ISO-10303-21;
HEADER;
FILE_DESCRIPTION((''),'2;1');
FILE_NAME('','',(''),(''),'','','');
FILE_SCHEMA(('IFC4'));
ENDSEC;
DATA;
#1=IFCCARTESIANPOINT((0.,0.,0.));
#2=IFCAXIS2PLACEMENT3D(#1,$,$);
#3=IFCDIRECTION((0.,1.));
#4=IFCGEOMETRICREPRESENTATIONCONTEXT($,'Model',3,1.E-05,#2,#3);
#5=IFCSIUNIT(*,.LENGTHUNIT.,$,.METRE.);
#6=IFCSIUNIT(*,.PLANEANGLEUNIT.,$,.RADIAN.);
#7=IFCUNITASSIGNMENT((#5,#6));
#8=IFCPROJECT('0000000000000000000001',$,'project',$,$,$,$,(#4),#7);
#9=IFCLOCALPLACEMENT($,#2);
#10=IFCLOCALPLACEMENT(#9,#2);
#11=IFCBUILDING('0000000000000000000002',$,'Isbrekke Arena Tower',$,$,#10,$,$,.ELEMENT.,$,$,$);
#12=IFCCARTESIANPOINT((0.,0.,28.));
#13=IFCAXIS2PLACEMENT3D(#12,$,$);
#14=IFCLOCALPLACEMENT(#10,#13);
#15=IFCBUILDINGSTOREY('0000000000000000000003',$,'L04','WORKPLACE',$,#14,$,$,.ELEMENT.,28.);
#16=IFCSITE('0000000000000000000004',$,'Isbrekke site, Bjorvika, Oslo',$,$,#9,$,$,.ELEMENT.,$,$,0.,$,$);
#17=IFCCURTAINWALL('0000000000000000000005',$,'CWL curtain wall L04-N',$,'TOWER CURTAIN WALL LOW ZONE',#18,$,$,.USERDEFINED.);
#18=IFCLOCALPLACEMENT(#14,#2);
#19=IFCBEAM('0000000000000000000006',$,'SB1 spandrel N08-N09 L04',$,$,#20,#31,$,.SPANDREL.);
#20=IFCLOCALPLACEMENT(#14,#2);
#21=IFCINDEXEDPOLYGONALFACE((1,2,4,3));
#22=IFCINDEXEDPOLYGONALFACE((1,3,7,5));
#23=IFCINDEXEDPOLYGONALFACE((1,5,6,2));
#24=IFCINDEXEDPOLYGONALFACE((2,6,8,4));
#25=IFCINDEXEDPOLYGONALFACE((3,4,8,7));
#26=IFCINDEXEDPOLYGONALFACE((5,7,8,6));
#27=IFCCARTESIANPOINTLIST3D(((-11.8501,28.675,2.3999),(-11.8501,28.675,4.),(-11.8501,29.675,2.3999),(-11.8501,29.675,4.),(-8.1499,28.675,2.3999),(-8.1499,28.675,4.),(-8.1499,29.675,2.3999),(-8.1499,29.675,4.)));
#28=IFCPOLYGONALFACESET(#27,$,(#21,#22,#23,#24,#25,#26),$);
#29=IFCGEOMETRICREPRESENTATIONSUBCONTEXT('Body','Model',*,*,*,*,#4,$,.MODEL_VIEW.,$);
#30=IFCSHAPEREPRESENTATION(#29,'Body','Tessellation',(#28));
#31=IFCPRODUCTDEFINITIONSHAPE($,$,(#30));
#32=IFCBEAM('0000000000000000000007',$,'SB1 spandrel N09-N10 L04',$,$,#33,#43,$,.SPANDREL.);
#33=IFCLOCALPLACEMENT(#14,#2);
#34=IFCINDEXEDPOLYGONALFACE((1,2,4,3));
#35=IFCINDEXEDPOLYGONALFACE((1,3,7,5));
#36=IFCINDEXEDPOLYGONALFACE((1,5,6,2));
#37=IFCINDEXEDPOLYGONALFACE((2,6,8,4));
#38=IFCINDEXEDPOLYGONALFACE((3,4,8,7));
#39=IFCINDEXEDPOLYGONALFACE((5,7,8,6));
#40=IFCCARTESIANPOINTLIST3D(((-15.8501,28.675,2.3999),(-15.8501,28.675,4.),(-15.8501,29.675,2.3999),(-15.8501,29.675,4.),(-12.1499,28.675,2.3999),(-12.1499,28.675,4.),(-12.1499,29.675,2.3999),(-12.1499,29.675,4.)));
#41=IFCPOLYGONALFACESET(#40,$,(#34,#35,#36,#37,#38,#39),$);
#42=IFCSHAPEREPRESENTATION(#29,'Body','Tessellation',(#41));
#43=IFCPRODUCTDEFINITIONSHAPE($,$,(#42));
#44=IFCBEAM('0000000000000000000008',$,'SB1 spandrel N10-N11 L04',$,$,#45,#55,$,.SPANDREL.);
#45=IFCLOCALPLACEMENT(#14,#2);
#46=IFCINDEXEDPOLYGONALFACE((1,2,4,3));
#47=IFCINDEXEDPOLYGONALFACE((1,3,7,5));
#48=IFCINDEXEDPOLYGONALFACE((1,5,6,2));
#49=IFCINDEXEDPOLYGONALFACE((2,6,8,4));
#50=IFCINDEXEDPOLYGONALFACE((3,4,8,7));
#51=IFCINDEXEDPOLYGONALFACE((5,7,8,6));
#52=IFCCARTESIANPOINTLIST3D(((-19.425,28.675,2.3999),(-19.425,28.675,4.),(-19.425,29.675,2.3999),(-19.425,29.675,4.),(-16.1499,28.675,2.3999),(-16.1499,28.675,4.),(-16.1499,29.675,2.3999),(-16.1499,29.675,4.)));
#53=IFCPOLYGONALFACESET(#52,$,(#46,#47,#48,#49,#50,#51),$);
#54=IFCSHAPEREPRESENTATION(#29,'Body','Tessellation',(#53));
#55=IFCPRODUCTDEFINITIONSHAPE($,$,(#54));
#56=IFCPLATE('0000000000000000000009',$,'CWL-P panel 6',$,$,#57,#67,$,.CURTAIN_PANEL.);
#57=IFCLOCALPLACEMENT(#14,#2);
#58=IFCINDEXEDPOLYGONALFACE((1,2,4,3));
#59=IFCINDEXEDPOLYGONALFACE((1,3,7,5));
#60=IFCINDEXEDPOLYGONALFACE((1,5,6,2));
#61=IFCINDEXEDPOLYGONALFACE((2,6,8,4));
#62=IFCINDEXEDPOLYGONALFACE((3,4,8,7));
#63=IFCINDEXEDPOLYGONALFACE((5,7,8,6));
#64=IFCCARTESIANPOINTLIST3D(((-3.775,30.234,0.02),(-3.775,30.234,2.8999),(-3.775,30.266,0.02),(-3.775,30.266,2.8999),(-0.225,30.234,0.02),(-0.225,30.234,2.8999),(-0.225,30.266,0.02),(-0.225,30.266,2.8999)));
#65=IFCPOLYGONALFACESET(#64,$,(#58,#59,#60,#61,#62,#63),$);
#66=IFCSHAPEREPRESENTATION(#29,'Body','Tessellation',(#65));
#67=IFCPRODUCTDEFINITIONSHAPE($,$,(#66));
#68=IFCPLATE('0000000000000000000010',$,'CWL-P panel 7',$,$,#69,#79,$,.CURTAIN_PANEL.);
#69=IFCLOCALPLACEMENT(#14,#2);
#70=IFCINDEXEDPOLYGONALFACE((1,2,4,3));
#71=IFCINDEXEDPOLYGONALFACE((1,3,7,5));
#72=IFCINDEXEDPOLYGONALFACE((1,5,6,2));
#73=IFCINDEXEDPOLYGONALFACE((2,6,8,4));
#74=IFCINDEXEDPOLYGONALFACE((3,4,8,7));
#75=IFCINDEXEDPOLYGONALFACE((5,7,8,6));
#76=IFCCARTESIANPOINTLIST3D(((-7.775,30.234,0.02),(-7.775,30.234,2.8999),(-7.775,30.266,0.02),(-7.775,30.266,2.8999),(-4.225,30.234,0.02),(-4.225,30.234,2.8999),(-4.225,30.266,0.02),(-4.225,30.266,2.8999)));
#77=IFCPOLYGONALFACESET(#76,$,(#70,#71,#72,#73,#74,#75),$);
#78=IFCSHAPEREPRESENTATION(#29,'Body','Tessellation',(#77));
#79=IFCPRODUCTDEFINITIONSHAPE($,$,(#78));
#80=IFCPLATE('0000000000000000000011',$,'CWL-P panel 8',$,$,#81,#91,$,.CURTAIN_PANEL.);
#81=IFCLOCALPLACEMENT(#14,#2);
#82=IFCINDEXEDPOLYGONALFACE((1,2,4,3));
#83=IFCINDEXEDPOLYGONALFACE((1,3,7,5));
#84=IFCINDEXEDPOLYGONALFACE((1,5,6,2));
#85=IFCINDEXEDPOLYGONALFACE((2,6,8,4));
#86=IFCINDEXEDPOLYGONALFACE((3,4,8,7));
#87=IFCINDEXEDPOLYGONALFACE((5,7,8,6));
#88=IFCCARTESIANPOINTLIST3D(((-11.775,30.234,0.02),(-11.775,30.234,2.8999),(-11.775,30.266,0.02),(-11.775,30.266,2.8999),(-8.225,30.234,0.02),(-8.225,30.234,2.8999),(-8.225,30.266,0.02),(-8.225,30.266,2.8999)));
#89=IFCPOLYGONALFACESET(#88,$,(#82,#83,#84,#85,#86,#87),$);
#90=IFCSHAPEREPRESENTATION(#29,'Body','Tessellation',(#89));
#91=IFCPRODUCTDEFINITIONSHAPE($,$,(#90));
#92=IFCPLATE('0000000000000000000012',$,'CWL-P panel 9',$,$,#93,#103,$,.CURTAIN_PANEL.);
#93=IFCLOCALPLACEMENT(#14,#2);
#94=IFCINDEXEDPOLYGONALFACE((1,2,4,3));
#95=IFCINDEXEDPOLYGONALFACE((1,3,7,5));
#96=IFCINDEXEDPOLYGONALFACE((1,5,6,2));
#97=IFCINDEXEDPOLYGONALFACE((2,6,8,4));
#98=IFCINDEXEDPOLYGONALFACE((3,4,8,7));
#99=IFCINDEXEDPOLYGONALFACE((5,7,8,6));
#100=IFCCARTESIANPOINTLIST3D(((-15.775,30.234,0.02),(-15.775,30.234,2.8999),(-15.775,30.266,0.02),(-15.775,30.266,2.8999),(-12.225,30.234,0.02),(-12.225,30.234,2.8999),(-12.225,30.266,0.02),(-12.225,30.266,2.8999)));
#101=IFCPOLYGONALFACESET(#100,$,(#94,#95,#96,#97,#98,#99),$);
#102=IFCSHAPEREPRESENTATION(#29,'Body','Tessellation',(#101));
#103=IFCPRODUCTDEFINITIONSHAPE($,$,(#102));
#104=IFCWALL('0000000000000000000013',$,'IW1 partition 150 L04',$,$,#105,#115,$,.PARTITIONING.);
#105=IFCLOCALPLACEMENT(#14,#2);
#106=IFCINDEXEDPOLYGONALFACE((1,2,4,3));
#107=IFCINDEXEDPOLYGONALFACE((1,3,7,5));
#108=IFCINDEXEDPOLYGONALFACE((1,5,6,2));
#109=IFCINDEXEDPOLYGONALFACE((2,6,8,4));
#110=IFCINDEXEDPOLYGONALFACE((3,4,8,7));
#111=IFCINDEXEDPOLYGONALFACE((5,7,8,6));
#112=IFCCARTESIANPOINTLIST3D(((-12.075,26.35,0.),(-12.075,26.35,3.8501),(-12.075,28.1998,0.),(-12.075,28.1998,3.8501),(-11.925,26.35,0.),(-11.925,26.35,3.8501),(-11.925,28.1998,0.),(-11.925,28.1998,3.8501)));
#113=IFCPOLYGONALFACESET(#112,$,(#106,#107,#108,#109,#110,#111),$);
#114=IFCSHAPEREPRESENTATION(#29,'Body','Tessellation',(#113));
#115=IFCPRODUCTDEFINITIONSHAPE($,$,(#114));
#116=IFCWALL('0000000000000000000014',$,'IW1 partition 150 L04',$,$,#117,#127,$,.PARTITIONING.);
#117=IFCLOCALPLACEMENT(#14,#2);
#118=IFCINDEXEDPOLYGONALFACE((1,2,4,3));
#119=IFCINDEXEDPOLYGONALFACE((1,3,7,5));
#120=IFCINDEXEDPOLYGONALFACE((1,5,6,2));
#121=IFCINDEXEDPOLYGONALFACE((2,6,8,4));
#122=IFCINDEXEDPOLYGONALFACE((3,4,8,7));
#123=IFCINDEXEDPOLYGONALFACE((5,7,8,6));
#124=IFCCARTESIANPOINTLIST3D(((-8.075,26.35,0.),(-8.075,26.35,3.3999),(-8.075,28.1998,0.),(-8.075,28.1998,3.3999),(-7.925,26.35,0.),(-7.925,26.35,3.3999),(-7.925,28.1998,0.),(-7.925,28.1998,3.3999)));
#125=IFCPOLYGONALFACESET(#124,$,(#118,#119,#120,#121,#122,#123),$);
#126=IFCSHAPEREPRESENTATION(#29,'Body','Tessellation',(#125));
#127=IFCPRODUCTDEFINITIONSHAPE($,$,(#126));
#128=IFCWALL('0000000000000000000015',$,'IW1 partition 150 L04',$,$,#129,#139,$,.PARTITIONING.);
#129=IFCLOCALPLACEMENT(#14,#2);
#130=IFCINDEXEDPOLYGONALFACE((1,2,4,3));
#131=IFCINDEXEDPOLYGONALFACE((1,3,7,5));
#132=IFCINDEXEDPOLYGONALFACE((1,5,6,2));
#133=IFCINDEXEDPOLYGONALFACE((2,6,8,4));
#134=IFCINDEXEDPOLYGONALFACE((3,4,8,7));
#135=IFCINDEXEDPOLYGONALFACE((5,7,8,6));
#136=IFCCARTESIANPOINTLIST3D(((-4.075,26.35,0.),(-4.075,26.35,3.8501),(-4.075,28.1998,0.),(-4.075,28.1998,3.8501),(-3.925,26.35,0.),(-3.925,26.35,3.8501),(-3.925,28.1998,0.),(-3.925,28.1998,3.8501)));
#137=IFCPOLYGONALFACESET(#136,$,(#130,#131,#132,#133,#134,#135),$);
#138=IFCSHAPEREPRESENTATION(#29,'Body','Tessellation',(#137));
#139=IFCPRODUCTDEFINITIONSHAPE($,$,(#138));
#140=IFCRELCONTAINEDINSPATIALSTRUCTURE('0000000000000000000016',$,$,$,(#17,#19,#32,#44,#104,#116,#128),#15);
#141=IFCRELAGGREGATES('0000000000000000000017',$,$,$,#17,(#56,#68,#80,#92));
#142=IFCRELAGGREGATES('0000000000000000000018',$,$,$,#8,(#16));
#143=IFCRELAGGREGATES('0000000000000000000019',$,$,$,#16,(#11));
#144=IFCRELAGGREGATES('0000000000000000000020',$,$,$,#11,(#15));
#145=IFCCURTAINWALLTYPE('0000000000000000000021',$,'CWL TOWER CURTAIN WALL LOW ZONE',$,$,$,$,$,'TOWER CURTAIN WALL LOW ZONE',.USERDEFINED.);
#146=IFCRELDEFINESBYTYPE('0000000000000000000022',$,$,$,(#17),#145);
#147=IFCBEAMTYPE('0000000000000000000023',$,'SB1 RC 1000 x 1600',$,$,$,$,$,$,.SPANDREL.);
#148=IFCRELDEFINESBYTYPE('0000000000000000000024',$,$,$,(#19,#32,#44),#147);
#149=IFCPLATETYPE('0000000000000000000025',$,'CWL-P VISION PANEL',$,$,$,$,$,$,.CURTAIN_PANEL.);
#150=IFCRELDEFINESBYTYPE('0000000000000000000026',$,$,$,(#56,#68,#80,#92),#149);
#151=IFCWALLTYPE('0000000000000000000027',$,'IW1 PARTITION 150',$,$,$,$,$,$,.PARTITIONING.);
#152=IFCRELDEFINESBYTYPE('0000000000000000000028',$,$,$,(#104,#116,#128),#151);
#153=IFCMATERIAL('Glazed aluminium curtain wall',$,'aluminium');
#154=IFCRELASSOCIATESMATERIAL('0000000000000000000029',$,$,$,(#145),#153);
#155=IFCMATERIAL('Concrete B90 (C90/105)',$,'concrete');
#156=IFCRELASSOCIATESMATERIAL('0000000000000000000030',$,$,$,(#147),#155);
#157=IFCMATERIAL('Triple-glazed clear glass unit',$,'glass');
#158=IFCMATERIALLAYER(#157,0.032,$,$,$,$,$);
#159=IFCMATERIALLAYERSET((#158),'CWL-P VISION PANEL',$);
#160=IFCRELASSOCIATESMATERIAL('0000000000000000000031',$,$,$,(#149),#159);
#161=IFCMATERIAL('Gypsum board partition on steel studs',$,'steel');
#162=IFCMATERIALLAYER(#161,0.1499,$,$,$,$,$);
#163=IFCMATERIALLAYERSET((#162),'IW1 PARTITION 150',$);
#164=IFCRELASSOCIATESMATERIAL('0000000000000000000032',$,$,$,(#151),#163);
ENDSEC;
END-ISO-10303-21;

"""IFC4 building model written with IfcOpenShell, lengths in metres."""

from ifc_helpers import new_model, si_unit, direction, frame, frame_2d, origin, origin_2d, place, context, subcontext, project, spatial, rectangle, extrude, material, layer, layer_set, material_profile, profile_set, type_object, element, aggregate, save


model = new_model("IFC4")

# Units and contexts
model_context = context("Model", 3, precision=1e-05, world=origin(), true_north=direction((0.0, 1.0)))
body_context = subcontext(model_context, "Body", "Model", "MODEL_VIEW")
ifc_project = project(units=[si_unit("LENGTHUNIT", "METRE"), si_unit("PLANEANGLEUNIT", "RADIAN")], contexts=[model_context])

# Site, building, storey
site_placement = place(None, origin())
site = spatial("IfcSite", under=ifc_project, at=site_placement, Name="Isbrekke site, Bjorvika, Oslo", CompositionType="ELEMENT", RefElevation=0.0)
building_placement = place(site_placement, origin())
building = spatial("IfcBuilding", under=site, at=building_placement, Name="Isbrekke Arena Tower", CompositionType="ELEMENT")
storey_placement = place(building_placement, frame((0.0, 0.0, 28.0)))
storey = spatial("IfcBuildingStorey", under=building, at=storey_placement, Name="L04", Description="WORKPLACE", CompositionType="ELEMENT", Elevation=28.0)

# Curtain wall
ifc_material_1 = material(Name="Glazed aluminium curtain wall", Category="aluminium")
curtain_wall_type = type_object("IfcCurtainWallType", Name="CWL TOWER CURTAIN WALL LOW ZONE", ElementType="TOWER CURTAIN WALL LOW ZONE", PredefinedType="USERDEFINED", material=ifc_material_1)
curtain_wall_placement = place(storey_placement, origin())
curtain_wall = element("IfcCurtainWall", 1, at=curtain_wall_placement, inside=storey, type_object=curtain_wall_type, Name="CWL curtain wall L04-N", ObjectType="TOWER CURTAIN WALL LOW ZONE", PredefinedType="USERDEFINED")

# Beams
ifc_material_2 = material(Name="Concrete B90 (C90/105)", Category="concrete")
ifc_material_profile_1 = material_profile(ifc_material_2, rectangle(XDim=1.0, YDim=1.6001, at=origin_2d()), Name="RC 1000x1600")
ifc_profile_set_1 = profile_set([ifc_material_profile_1], Name="Concrete B90 (C90/105)")
beam_type_1 = type_object("IfcBeamType", Name="SB1 RC 1000 x 1600", PredefinedType="SPANDREL", material=ifc_profile_set_1)
for number, where, z_axis, x_axis, name in (
    (2, (-8.1499, 29.175, 3.2), (-1.0, 0.0, 0.0), (0.0, -1.0, 0.0), "SB1 spandrel N08-N09 L04"),
    (3, (-12.1499, 29.175, 3.2), (-1.0, 0.0, 0.0), (0.0, -1.0, 0.0), "SB1 spandrel N09-N10 L04"),
):
    element("IfcBeam", number, at=place(storey_placement, frame(where, z_axis=z_axis, x_axis=x_axis)), inside=storey, type_object=beam_type_1, Name=name, PredefinedType="SPANDREL", context=body_context, shape_type="SweptSolid", body=[
        extrude(rectangle(XDim=1.0, YDim=1.6001, at=origin_2d()), origin(), (0.0, 0.0, 1.0), 3.7002),
    ])
beam_1_placement = place(storey_placement, frame((-16.1499, 29.175, 3.2), z_axis=(-1.0, 0.0, 0.0), x_axis=(0.0, -1.0, 0.0)))
element("IfcBeam", 4, at=beam_1_placement, inside=storey, type_object=beam_type_1, Name="SB1 spandrel N10-N11 L04", PredefinedType="SPANDREL", context=body_context, shape_type="SweptSolid", body=[
    extrude(rectangle(XDim=1.0, YDim=1.6001, at=origin_2d()), origin(), (0.0, 0.0, 1.0), 3.2751),
])

# Plates
ifc_material_3 = material(Name="Triple-glazed clear glass unit", Category="glass")
ifc_layer_1 = layer(ifc_material_3, 0.032)
ifc_layer_set_1 = layer_set([ifc_layer_1], Name="CWL-P VISION PANEL")
plate_type = type_object("IfcPlateType", Name="CWL-P VISION PANEL", PredefinedType="CURTAIN_PANEL", material=ifc_layer_set_1)
plate_1_placement = place(storey_placement, frame((-2.0, 30.25, 0.02), z_axis=(0.0, 0.0, 1.0), x_axis=(-1.0, 0.0, 0.0)))
plate_1 = element("IfcPlate", 5, at=plate_1_placement, type_object=plate_type, Name="CWL-P panel 6", PredefinedType="CURTAIN_PANEL", context=body_context, shape_type="SweptSolid", body=[
    extrude(rectangle(XDim=3.55, YDim=0.032, at=origin_2d()), origin(), (0.0, 0.0, 1.0), 2.8799),
])
plate_2_placement = place(storey_placement, frame((-6.0, 30.25, 0.02), z_axis=(0.0, 0.0, 1.0), x_axis=(-1.0, 0.0, 0.0)))
plate_2 = element("IfcPlate", 6, at=plate_2_placement, type_object=plate_type, Name="CWL-P panel 7", PredefinedType="CURTAIN_PANEL", context=body_context, shape_type="SweptSolid", body=[
    extrude(rectangle(XDim=3.55, YDim=0.032, at=origin_2d()), origin(), (0.0, 0.0, 1.0), 2.8799),
])
plate_3_placement = place(storey_placement, frame((-10.0, 30.25, 0.02), z_axis=(0.0, 0.0, 1.0), x_axis=(-1.0, 0.0, 0.0)))
plate_3 = element("IfcPlate", 7, at=plate_3_placement, type_object=plate_type, Name="CWL-P panel 8", PredefinedType="CURTAIN_PANEL", context=body_context, shape_type="SweptSolid", body=[
    extrude(rectangle(XDim=3.55, YDim=0.032, at=origin_2d()), origin(), (0.0, 0.0, 1.0), 2.8799),
])
plate_4_placement = place(storey_placement, frame((-14.0, 30.25, 0.02), z_axis=(0.0, 0.0, 1.0), x_axis=(-1.0, 0.0, 0.0)))
plate_4 = element("IfcPlate", 8, at=plate_4_placement, type_object=plate_type, Name="CWL-P panel 9", PredefinedType="CURTAIN_PANEL", context=body_context, shape_type="SweptSolid", body=[
    extrude(rectangle(XDim=3.55, YDim=0.032, at=origin_2d()), origin(), (0.0, 0.0, 1.0), 2.8799),
])
aggregate(curtain_wall, [plate_1, plate_2, plate_3, plate_4])

# Walls
ifc_material_4 = material(Name="Gypsum board partition on steel studs", Category="steel")
ifc_layer_2 = layer(ifc_material_4, 0.1499)
ifc_layer_set_2 = layer_set([ifc_layer_2], Name="IW1 PARTITION 150")
wall_type = type_object("IfcWallType", Name="IW1 PARTITION 150", PredefinedType="PARTITIONING", material=ifc_layer_set_2)
wall_1_placement = place(storey_placement, frame((-12.0, 26.3501, 0.0), z_axis=(0.0, 0.0, 1.0), x_axis=(0.0, 1.0, 0.0)))
element("IfcWall", 9, at=wall_1_placement, inside=storey, type_object=wall_type, Name="IW1 partition 150 L04", PredefinedType="PARTITIONING", context=body_context, shape_type="SweptSolid", body=[
    extrude(rectangle(XDim=1.8499, YDim=0.1499, at=frame_2d((0.9248, 0.0))), origin(), (0.0, 0.0, 1.0), 3.8501),
])
wall_2_placement = place(storey_placement, frame((-8.0, 26.3501, 0.0), z_axis=(0.0, 0.0, 1.0), x_axis=(0.0, 1.0, 0.0)))
element("IfcWall", 10, at=wall_2_placement, inside=storey, type_object=wall_type, Name="IW1 partition 150 L04", PredefinedType="PARTITIONING", context=body_context, shape_type="SweptSolid", body=[
    extrude(rectangle(XDim=1.8499, YDim=0.1499, at=frame_2d((0.9248, 0.0))), origin(), (0.0, 0.0, 1.0), 3.3999),
])
wall_3_placement = place(storey_placement, frame((-4.0, 26.3501, 0.0), z_axis=(0.0, 0.0, 1.0), x_axis=(0.0, 1.0, 0.0)))
element("IfcWall", 11, at=wall_3_placement, inside=storey, type_object=wall_type, Name="IW1 partition 150 L04", PredefinedType="PARTITIONING", context=body_context, shape_type="SweptSolid", body=[
    extrude(rectangle(XDim=1.8499, YDim=0.1499, at=frame_2d((0.9248, 0.0))), origin(), (0.0, 0.0, 1.0), 3.8501),
])

save(model, "model.ifc")
